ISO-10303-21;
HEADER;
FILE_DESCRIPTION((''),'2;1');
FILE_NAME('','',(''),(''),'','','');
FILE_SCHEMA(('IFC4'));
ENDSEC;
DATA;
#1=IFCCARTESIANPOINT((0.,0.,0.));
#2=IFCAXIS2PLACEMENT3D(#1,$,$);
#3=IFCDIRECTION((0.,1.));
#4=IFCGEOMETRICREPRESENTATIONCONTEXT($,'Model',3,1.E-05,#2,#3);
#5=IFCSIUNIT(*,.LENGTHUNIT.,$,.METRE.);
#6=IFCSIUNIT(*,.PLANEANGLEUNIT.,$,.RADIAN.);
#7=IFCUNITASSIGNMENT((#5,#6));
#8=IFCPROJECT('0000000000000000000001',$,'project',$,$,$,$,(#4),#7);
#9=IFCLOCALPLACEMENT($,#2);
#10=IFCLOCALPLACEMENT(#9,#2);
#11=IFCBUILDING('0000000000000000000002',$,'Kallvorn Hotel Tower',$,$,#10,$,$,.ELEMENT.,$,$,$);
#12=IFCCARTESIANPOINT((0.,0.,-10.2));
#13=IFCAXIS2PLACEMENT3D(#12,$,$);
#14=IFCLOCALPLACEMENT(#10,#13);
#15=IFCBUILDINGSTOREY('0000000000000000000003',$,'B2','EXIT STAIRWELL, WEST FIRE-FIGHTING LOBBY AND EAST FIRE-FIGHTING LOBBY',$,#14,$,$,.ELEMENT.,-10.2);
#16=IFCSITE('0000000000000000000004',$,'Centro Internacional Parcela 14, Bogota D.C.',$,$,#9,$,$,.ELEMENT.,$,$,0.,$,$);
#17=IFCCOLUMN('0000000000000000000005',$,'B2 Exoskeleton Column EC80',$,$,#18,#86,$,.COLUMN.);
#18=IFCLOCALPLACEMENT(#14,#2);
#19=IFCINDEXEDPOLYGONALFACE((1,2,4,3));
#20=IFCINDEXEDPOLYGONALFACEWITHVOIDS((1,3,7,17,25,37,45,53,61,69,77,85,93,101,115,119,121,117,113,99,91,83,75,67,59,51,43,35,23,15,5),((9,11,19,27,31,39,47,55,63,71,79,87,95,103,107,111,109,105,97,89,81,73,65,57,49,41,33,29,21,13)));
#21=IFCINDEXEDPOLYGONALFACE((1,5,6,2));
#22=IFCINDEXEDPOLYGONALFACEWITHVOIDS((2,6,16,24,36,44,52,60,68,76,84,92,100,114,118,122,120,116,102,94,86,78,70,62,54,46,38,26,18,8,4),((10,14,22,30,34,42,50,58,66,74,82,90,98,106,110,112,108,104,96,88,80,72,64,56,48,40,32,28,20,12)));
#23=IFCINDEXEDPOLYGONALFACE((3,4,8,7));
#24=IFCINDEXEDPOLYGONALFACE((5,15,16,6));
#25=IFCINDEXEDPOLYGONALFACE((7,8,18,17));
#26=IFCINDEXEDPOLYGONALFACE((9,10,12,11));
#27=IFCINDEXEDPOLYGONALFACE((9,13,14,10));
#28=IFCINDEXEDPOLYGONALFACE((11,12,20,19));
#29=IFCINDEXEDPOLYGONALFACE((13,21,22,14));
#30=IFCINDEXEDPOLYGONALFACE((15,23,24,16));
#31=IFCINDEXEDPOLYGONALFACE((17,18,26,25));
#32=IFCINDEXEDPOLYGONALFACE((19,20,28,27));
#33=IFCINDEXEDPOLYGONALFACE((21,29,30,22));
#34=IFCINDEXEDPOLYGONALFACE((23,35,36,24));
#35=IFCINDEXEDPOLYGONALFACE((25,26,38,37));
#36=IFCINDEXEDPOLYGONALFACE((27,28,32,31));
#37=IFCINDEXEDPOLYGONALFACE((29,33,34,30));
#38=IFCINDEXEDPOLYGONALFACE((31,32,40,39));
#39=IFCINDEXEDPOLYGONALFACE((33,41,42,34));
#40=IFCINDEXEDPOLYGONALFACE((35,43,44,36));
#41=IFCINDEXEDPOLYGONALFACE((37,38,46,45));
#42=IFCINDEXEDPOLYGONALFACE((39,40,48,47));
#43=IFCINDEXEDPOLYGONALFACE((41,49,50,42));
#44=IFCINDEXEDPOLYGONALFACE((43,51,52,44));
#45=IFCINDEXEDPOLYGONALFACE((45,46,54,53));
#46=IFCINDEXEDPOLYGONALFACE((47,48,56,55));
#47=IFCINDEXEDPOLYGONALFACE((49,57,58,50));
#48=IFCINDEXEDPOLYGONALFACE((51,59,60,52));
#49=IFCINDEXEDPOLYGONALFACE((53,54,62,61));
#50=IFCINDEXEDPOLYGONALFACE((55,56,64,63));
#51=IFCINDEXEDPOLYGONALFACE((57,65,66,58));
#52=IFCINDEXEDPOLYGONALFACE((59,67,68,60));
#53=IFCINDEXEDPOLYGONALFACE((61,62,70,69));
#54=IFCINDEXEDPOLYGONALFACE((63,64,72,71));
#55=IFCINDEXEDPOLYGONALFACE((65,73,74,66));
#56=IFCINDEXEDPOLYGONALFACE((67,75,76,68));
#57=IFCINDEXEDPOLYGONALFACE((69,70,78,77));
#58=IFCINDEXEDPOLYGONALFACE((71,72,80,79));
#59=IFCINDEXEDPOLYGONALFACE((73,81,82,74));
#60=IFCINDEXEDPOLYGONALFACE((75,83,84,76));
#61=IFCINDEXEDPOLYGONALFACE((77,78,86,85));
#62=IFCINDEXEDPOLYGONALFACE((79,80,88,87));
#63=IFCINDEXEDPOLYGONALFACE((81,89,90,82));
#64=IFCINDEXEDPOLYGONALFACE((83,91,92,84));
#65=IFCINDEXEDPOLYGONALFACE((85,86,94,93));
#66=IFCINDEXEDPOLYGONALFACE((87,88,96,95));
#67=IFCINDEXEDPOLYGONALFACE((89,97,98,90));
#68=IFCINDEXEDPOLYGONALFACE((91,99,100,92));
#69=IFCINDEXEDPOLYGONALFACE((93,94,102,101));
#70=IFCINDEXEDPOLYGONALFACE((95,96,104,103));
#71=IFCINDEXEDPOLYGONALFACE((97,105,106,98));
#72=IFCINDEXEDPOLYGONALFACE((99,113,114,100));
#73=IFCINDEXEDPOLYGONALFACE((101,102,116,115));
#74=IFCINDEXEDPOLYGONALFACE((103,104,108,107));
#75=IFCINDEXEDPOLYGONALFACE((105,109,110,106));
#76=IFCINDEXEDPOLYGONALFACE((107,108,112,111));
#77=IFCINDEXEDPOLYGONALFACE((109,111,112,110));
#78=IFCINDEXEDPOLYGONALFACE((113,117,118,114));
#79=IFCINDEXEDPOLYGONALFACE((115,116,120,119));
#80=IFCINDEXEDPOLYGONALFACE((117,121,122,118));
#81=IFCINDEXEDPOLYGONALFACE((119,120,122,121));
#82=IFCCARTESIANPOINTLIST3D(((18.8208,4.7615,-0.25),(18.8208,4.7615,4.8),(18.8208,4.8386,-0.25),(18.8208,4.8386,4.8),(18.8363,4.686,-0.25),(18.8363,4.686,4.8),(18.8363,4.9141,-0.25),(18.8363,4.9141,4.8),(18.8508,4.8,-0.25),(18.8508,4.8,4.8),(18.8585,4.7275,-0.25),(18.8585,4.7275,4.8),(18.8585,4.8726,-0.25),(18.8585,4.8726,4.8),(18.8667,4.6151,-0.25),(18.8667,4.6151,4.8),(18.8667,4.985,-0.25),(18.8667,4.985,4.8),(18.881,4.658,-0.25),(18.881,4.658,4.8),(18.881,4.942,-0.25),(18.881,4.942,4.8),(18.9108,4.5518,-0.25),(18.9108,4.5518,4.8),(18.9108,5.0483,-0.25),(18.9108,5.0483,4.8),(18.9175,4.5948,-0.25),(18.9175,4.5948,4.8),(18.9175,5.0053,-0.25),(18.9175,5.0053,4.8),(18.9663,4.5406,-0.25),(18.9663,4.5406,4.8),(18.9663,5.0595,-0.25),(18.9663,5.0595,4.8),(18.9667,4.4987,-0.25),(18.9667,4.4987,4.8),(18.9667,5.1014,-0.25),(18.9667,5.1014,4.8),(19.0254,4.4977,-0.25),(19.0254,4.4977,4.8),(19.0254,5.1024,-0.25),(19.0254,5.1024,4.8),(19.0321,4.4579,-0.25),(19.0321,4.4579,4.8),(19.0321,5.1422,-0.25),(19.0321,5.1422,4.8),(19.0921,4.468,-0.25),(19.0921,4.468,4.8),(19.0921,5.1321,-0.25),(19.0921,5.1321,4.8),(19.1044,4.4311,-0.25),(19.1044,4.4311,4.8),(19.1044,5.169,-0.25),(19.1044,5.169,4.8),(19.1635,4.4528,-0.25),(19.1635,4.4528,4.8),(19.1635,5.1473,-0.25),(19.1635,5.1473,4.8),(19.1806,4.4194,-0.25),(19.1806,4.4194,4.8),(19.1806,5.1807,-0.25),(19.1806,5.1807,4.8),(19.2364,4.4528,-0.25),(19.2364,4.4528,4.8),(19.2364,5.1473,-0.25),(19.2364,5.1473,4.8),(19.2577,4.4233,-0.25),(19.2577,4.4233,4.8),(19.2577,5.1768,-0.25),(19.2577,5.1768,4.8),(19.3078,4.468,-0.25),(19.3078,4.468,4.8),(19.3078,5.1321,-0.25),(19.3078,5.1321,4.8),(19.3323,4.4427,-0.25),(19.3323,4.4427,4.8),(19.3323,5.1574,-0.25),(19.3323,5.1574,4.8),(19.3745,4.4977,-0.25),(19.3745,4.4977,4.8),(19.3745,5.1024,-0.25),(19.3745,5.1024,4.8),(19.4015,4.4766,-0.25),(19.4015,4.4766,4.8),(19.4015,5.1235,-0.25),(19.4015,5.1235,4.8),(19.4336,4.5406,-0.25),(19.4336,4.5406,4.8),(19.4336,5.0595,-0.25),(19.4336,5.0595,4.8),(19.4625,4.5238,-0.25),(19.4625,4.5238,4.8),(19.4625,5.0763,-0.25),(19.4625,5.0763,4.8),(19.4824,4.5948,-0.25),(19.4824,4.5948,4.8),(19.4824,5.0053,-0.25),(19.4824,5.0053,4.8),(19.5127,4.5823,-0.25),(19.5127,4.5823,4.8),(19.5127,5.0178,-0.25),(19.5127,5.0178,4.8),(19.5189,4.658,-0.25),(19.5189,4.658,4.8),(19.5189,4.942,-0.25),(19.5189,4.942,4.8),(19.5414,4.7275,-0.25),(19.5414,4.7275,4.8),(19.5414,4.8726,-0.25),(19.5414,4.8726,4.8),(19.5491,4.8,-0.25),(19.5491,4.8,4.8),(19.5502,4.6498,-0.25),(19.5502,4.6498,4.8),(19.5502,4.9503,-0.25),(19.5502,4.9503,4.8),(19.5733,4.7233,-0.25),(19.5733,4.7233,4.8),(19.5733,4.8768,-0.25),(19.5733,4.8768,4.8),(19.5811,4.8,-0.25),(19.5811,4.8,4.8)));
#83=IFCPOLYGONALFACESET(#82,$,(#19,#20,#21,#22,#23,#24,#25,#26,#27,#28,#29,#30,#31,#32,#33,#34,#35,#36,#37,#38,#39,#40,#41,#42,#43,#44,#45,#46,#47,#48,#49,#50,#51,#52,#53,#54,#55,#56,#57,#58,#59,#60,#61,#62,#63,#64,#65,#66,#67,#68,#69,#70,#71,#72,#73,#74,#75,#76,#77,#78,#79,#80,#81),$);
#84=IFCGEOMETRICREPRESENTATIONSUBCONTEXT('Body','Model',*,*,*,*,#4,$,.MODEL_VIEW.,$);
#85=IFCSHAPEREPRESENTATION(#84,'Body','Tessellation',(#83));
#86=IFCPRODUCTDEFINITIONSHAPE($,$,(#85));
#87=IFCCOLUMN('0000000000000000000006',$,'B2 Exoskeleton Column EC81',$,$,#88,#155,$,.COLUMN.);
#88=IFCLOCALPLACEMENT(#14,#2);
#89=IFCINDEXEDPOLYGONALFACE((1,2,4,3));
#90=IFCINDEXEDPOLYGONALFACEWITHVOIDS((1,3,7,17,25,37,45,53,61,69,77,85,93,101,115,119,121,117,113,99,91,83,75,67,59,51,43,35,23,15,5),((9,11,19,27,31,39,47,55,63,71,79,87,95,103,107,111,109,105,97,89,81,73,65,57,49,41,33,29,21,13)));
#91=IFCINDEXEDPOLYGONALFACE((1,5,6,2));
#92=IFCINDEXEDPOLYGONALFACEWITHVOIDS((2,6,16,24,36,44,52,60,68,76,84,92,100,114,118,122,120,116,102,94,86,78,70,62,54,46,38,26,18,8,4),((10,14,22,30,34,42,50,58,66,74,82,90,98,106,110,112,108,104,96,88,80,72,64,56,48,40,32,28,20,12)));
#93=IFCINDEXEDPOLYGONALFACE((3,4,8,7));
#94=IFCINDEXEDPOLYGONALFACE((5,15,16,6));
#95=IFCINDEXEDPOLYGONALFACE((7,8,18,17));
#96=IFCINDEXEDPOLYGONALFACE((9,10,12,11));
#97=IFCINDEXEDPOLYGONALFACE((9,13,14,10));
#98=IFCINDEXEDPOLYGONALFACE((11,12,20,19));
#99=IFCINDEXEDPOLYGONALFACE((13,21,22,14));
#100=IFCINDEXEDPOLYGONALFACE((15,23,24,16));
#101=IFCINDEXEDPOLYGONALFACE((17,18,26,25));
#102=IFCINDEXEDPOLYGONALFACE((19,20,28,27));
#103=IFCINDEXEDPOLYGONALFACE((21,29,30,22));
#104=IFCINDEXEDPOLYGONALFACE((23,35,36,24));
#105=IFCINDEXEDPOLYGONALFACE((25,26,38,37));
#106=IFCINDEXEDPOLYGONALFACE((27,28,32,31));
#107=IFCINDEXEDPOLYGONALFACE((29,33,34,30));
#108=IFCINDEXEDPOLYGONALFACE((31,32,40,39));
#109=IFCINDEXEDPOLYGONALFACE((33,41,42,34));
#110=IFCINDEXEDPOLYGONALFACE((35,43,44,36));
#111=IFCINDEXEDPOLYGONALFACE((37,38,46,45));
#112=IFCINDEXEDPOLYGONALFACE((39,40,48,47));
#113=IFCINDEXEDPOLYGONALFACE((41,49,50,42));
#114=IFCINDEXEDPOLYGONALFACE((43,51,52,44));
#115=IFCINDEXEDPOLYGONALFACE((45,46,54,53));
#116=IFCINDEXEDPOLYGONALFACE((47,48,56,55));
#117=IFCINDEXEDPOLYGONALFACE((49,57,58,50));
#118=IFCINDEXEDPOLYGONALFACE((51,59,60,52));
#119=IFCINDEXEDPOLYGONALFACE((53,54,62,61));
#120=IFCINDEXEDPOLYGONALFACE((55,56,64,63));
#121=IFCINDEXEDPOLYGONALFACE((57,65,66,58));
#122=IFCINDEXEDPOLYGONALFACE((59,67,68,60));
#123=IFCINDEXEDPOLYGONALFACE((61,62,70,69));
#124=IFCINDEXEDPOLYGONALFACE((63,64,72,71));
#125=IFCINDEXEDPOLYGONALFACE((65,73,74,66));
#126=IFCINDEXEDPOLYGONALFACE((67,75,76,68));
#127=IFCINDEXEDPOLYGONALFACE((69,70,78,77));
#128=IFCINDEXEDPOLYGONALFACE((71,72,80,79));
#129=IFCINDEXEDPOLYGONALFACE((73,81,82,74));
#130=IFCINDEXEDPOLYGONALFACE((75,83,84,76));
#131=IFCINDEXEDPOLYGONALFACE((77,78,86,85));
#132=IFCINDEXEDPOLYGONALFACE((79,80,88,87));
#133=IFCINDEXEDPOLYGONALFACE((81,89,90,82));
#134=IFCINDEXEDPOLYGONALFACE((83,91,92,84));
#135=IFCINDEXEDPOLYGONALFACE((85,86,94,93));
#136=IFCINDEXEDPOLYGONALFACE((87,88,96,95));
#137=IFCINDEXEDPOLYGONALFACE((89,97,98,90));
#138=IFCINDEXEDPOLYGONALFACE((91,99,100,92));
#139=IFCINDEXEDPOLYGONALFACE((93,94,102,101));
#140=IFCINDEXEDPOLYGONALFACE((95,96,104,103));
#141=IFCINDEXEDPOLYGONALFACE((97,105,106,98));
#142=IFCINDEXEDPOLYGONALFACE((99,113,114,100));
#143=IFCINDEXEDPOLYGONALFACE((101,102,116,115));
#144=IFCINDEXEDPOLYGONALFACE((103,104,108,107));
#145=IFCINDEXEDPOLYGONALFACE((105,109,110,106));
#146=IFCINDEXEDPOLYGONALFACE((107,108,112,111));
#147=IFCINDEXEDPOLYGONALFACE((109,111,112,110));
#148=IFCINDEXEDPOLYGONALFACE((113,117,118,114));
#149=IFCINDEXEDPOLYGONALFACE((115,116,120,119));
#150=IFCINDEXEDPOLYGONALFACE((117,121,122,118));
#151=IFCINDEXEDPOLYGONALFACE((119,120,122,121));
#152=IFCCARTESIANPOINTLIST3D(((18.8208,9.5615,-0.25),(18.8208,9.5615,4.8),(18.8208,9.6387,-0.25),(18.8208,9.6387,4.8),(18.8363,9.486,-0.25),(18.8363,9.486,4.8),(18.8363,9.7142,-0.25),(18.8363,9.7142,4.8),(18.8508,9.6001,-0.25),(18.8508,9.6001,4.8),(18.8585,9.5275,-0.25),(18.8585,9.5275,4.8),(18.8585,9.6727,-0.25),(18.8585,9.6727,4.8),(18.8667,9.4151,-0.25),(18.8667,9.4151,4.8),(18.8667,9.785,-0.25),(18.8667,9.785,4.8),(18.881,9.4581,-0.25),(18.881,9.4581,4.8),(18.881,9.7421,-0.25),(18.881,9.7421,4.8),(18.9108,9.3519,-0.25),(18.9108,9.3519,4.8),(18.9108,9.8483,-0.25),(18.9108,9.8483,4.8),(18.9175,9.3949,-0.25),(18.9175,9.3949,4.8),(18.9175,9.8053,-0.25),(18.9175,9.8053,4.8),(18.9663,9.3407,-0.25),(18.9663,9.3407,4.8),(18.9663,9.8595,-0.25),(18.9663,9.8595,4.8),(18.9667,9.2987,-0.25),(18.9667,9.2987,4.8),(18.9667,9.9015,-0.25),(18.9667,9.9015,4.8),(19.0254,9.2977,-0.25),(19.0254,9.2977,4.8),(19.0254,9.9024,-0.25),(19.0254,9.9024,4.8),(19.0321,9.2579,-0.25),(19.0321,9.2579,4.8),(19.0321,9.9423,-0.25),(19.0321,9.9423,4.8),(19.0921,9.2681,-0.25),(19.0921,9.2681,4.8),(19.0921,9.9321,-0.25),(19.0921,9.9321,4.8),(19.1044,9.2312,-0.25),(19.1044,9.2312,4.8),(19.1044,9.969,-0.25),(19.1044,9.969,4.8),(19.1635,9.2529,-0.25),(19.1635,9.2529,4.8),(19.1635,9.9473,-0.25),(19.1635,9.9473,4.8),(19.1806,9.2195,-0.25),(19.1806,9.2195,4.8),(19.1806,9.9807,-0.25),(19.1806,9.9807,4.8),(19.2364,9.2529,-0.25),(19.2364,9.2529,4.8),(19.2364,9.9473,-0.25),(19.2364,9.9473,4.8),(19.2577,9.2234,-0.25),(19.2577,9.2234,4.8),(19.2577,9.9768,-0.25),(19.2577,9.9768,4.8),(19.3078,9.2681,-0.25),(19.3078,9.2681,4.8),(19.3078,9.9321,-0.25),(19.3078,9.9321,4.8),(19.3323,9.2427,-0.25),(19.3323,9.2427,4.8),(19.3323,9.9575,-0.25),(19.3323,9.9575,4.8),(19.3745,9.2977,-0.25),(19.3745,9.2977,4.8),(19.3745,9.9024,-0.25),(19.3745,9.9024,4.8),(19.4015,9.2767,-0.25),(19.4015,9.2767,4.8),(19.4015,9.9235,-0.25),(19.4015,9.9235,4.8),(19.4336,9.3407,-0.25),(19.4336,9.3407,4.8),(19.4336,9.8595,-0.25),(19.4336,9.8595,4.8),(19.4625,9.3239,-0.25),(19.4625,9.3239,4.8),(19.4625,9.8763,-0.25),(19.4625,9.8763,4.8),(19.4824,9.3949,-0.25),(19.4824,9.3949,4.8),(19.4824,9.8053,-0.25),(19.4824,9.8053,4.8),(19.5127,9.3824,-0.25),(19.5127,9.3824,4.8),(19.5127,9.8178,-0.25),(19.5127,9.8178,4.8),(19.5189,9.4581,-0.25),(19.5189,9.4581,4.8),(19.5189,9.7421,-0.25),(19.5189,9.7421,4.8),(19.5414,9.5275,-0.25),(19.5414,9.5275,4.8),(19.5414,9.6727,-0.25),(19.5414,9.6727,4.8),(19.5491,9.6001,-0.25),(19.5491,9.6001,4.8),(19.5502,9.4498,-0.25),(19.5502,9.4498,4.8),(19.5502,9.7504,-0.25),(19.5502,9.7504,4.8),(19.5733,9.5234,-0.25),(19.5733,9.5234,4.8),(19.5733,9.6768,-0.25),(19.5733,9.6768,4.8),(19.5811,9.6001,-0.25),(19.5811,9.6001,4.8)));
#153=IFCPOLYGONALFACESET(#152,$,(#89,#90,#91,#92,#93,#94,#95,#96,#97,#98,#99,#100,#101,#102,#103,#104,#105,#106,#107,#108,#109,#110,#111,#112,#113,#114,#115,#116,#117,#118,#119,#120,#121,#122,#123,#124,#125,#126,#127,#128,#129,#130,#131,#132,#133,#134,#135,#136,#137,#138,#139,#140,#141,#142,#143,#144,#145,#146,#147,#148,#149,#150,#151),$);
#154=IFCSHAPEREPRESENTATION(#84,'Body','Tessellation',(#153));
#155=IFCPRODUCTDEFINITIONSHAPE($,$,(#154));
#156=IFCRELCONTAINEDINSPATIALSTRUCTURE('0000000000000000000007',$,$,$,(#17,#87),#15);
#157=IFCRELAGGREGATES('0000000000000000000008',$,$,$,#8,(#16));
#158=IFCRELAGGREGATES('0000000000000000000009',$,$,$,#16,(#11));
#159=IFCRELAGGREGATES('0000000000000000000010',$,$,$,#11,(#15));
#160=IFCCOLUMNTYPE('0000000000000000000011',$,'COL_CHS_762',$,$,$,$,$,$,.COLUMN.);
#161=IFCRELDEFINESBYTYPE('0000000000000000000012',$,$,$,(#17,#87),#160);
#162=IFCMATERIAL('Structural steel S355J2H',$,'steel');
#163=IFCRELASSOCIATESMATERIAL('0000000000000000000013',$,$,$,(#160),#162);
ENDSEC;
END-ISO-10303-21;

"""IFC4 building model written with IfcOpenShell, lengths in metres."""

from ifc_helpers import new_model, si_unit, direction, frame, origin, origin_2d, place, context, subcontext, project, spatial, hollow_circle, extrude, material, material_profile, profile_set, type_object, element, save


model = new_model("IFC4")

# Units and contexts
model_context = context("Model", 3, precision=1e-05, world=origin(), true_north=direction((0.0, 1.0)))
body_context = subcontext(model_context, "Body", "Model", "MODEL_VIEW")
ifc_project = project(units=[si_unit("LENGTHUNIT", "METRE"), si_unit("PLANEANGLEUNIT", "RADIAN")], contexts=[model_context])

# Site, building, storey
site_placement = place(None, origin())
site = spatial("IfcSite", under=ifc_project, at=site_placement, Name="Centro Internacional Parcela 14, Bogota D.C.", CompositionType="ELEMENT", RefElevation=0.0)
building_placement = place(site_placement, origin())
building = spatial("IfcBuilding", under=site, at=building_placement, Name="Kallvorn Hotel Tower", CompositionType="ELEMENT")
storey_placement = place(building_placement, frame((0.0, 0.0, -10.2)))
storey = spatial("IfcBuildingStorey", under=building, at=storey_placement, Name="B2", Description="EXIT STAIRWELL, WEST FIRE-FIGHTING LOBBY AND EAST FIRE-FIGHTING LOBBY", CompositionType="ELEMENT", Elevation=-10.2)

# Columns
ifc_material_1 = material(Name="Structural steel S355J2H", Category="steel")
ifc_material_profile_1 = material_profile(ifc_material_1, hollow_circle(Radius=0.3811, WallThickness=0.032, at=origin_2d()), Name="CHS 762x32")
ifc_profile_set_1 = profile_set([ifc_material_profile_1], Name="Structural steel S355J2H")
column_type_1 = type_object("IfcColumnType", Name="COL_CHS_762", PredefinedType="COLUMN", material=ifc_profile_set_1)
for number, where, z_axis, x_axis, name in (
    (1, (19.2, 4.8, -0.25), (0.0, 0.0, 1.0), (1.0, 0.0, 0.0), "B2 Exoskeleton Column EC80"),
    (2, (19.2, 9.6001, -0.25), (0.0, 0.0, 1.0), (1.0, 0.0, 0.0), "B2 Exoskeleton Column EC81"),
):
    element("IfcColumn", number, at=place(storey_placement, frame(where, z_axis=z_axis, x_axis=x_axis)), inside=storey, type_object=column_type_1, Name=name, PredefinedType="COLUMN", context=body_context, shape_type="SweptSolid", body=[
        extrude(hollow_circle(Radius=0.3811, WallThickness=0.032, at=origin_2d()), origin(), (0.0, 0.0, 1.0), 5.05),
    ])

save(model, "model.ifc")
